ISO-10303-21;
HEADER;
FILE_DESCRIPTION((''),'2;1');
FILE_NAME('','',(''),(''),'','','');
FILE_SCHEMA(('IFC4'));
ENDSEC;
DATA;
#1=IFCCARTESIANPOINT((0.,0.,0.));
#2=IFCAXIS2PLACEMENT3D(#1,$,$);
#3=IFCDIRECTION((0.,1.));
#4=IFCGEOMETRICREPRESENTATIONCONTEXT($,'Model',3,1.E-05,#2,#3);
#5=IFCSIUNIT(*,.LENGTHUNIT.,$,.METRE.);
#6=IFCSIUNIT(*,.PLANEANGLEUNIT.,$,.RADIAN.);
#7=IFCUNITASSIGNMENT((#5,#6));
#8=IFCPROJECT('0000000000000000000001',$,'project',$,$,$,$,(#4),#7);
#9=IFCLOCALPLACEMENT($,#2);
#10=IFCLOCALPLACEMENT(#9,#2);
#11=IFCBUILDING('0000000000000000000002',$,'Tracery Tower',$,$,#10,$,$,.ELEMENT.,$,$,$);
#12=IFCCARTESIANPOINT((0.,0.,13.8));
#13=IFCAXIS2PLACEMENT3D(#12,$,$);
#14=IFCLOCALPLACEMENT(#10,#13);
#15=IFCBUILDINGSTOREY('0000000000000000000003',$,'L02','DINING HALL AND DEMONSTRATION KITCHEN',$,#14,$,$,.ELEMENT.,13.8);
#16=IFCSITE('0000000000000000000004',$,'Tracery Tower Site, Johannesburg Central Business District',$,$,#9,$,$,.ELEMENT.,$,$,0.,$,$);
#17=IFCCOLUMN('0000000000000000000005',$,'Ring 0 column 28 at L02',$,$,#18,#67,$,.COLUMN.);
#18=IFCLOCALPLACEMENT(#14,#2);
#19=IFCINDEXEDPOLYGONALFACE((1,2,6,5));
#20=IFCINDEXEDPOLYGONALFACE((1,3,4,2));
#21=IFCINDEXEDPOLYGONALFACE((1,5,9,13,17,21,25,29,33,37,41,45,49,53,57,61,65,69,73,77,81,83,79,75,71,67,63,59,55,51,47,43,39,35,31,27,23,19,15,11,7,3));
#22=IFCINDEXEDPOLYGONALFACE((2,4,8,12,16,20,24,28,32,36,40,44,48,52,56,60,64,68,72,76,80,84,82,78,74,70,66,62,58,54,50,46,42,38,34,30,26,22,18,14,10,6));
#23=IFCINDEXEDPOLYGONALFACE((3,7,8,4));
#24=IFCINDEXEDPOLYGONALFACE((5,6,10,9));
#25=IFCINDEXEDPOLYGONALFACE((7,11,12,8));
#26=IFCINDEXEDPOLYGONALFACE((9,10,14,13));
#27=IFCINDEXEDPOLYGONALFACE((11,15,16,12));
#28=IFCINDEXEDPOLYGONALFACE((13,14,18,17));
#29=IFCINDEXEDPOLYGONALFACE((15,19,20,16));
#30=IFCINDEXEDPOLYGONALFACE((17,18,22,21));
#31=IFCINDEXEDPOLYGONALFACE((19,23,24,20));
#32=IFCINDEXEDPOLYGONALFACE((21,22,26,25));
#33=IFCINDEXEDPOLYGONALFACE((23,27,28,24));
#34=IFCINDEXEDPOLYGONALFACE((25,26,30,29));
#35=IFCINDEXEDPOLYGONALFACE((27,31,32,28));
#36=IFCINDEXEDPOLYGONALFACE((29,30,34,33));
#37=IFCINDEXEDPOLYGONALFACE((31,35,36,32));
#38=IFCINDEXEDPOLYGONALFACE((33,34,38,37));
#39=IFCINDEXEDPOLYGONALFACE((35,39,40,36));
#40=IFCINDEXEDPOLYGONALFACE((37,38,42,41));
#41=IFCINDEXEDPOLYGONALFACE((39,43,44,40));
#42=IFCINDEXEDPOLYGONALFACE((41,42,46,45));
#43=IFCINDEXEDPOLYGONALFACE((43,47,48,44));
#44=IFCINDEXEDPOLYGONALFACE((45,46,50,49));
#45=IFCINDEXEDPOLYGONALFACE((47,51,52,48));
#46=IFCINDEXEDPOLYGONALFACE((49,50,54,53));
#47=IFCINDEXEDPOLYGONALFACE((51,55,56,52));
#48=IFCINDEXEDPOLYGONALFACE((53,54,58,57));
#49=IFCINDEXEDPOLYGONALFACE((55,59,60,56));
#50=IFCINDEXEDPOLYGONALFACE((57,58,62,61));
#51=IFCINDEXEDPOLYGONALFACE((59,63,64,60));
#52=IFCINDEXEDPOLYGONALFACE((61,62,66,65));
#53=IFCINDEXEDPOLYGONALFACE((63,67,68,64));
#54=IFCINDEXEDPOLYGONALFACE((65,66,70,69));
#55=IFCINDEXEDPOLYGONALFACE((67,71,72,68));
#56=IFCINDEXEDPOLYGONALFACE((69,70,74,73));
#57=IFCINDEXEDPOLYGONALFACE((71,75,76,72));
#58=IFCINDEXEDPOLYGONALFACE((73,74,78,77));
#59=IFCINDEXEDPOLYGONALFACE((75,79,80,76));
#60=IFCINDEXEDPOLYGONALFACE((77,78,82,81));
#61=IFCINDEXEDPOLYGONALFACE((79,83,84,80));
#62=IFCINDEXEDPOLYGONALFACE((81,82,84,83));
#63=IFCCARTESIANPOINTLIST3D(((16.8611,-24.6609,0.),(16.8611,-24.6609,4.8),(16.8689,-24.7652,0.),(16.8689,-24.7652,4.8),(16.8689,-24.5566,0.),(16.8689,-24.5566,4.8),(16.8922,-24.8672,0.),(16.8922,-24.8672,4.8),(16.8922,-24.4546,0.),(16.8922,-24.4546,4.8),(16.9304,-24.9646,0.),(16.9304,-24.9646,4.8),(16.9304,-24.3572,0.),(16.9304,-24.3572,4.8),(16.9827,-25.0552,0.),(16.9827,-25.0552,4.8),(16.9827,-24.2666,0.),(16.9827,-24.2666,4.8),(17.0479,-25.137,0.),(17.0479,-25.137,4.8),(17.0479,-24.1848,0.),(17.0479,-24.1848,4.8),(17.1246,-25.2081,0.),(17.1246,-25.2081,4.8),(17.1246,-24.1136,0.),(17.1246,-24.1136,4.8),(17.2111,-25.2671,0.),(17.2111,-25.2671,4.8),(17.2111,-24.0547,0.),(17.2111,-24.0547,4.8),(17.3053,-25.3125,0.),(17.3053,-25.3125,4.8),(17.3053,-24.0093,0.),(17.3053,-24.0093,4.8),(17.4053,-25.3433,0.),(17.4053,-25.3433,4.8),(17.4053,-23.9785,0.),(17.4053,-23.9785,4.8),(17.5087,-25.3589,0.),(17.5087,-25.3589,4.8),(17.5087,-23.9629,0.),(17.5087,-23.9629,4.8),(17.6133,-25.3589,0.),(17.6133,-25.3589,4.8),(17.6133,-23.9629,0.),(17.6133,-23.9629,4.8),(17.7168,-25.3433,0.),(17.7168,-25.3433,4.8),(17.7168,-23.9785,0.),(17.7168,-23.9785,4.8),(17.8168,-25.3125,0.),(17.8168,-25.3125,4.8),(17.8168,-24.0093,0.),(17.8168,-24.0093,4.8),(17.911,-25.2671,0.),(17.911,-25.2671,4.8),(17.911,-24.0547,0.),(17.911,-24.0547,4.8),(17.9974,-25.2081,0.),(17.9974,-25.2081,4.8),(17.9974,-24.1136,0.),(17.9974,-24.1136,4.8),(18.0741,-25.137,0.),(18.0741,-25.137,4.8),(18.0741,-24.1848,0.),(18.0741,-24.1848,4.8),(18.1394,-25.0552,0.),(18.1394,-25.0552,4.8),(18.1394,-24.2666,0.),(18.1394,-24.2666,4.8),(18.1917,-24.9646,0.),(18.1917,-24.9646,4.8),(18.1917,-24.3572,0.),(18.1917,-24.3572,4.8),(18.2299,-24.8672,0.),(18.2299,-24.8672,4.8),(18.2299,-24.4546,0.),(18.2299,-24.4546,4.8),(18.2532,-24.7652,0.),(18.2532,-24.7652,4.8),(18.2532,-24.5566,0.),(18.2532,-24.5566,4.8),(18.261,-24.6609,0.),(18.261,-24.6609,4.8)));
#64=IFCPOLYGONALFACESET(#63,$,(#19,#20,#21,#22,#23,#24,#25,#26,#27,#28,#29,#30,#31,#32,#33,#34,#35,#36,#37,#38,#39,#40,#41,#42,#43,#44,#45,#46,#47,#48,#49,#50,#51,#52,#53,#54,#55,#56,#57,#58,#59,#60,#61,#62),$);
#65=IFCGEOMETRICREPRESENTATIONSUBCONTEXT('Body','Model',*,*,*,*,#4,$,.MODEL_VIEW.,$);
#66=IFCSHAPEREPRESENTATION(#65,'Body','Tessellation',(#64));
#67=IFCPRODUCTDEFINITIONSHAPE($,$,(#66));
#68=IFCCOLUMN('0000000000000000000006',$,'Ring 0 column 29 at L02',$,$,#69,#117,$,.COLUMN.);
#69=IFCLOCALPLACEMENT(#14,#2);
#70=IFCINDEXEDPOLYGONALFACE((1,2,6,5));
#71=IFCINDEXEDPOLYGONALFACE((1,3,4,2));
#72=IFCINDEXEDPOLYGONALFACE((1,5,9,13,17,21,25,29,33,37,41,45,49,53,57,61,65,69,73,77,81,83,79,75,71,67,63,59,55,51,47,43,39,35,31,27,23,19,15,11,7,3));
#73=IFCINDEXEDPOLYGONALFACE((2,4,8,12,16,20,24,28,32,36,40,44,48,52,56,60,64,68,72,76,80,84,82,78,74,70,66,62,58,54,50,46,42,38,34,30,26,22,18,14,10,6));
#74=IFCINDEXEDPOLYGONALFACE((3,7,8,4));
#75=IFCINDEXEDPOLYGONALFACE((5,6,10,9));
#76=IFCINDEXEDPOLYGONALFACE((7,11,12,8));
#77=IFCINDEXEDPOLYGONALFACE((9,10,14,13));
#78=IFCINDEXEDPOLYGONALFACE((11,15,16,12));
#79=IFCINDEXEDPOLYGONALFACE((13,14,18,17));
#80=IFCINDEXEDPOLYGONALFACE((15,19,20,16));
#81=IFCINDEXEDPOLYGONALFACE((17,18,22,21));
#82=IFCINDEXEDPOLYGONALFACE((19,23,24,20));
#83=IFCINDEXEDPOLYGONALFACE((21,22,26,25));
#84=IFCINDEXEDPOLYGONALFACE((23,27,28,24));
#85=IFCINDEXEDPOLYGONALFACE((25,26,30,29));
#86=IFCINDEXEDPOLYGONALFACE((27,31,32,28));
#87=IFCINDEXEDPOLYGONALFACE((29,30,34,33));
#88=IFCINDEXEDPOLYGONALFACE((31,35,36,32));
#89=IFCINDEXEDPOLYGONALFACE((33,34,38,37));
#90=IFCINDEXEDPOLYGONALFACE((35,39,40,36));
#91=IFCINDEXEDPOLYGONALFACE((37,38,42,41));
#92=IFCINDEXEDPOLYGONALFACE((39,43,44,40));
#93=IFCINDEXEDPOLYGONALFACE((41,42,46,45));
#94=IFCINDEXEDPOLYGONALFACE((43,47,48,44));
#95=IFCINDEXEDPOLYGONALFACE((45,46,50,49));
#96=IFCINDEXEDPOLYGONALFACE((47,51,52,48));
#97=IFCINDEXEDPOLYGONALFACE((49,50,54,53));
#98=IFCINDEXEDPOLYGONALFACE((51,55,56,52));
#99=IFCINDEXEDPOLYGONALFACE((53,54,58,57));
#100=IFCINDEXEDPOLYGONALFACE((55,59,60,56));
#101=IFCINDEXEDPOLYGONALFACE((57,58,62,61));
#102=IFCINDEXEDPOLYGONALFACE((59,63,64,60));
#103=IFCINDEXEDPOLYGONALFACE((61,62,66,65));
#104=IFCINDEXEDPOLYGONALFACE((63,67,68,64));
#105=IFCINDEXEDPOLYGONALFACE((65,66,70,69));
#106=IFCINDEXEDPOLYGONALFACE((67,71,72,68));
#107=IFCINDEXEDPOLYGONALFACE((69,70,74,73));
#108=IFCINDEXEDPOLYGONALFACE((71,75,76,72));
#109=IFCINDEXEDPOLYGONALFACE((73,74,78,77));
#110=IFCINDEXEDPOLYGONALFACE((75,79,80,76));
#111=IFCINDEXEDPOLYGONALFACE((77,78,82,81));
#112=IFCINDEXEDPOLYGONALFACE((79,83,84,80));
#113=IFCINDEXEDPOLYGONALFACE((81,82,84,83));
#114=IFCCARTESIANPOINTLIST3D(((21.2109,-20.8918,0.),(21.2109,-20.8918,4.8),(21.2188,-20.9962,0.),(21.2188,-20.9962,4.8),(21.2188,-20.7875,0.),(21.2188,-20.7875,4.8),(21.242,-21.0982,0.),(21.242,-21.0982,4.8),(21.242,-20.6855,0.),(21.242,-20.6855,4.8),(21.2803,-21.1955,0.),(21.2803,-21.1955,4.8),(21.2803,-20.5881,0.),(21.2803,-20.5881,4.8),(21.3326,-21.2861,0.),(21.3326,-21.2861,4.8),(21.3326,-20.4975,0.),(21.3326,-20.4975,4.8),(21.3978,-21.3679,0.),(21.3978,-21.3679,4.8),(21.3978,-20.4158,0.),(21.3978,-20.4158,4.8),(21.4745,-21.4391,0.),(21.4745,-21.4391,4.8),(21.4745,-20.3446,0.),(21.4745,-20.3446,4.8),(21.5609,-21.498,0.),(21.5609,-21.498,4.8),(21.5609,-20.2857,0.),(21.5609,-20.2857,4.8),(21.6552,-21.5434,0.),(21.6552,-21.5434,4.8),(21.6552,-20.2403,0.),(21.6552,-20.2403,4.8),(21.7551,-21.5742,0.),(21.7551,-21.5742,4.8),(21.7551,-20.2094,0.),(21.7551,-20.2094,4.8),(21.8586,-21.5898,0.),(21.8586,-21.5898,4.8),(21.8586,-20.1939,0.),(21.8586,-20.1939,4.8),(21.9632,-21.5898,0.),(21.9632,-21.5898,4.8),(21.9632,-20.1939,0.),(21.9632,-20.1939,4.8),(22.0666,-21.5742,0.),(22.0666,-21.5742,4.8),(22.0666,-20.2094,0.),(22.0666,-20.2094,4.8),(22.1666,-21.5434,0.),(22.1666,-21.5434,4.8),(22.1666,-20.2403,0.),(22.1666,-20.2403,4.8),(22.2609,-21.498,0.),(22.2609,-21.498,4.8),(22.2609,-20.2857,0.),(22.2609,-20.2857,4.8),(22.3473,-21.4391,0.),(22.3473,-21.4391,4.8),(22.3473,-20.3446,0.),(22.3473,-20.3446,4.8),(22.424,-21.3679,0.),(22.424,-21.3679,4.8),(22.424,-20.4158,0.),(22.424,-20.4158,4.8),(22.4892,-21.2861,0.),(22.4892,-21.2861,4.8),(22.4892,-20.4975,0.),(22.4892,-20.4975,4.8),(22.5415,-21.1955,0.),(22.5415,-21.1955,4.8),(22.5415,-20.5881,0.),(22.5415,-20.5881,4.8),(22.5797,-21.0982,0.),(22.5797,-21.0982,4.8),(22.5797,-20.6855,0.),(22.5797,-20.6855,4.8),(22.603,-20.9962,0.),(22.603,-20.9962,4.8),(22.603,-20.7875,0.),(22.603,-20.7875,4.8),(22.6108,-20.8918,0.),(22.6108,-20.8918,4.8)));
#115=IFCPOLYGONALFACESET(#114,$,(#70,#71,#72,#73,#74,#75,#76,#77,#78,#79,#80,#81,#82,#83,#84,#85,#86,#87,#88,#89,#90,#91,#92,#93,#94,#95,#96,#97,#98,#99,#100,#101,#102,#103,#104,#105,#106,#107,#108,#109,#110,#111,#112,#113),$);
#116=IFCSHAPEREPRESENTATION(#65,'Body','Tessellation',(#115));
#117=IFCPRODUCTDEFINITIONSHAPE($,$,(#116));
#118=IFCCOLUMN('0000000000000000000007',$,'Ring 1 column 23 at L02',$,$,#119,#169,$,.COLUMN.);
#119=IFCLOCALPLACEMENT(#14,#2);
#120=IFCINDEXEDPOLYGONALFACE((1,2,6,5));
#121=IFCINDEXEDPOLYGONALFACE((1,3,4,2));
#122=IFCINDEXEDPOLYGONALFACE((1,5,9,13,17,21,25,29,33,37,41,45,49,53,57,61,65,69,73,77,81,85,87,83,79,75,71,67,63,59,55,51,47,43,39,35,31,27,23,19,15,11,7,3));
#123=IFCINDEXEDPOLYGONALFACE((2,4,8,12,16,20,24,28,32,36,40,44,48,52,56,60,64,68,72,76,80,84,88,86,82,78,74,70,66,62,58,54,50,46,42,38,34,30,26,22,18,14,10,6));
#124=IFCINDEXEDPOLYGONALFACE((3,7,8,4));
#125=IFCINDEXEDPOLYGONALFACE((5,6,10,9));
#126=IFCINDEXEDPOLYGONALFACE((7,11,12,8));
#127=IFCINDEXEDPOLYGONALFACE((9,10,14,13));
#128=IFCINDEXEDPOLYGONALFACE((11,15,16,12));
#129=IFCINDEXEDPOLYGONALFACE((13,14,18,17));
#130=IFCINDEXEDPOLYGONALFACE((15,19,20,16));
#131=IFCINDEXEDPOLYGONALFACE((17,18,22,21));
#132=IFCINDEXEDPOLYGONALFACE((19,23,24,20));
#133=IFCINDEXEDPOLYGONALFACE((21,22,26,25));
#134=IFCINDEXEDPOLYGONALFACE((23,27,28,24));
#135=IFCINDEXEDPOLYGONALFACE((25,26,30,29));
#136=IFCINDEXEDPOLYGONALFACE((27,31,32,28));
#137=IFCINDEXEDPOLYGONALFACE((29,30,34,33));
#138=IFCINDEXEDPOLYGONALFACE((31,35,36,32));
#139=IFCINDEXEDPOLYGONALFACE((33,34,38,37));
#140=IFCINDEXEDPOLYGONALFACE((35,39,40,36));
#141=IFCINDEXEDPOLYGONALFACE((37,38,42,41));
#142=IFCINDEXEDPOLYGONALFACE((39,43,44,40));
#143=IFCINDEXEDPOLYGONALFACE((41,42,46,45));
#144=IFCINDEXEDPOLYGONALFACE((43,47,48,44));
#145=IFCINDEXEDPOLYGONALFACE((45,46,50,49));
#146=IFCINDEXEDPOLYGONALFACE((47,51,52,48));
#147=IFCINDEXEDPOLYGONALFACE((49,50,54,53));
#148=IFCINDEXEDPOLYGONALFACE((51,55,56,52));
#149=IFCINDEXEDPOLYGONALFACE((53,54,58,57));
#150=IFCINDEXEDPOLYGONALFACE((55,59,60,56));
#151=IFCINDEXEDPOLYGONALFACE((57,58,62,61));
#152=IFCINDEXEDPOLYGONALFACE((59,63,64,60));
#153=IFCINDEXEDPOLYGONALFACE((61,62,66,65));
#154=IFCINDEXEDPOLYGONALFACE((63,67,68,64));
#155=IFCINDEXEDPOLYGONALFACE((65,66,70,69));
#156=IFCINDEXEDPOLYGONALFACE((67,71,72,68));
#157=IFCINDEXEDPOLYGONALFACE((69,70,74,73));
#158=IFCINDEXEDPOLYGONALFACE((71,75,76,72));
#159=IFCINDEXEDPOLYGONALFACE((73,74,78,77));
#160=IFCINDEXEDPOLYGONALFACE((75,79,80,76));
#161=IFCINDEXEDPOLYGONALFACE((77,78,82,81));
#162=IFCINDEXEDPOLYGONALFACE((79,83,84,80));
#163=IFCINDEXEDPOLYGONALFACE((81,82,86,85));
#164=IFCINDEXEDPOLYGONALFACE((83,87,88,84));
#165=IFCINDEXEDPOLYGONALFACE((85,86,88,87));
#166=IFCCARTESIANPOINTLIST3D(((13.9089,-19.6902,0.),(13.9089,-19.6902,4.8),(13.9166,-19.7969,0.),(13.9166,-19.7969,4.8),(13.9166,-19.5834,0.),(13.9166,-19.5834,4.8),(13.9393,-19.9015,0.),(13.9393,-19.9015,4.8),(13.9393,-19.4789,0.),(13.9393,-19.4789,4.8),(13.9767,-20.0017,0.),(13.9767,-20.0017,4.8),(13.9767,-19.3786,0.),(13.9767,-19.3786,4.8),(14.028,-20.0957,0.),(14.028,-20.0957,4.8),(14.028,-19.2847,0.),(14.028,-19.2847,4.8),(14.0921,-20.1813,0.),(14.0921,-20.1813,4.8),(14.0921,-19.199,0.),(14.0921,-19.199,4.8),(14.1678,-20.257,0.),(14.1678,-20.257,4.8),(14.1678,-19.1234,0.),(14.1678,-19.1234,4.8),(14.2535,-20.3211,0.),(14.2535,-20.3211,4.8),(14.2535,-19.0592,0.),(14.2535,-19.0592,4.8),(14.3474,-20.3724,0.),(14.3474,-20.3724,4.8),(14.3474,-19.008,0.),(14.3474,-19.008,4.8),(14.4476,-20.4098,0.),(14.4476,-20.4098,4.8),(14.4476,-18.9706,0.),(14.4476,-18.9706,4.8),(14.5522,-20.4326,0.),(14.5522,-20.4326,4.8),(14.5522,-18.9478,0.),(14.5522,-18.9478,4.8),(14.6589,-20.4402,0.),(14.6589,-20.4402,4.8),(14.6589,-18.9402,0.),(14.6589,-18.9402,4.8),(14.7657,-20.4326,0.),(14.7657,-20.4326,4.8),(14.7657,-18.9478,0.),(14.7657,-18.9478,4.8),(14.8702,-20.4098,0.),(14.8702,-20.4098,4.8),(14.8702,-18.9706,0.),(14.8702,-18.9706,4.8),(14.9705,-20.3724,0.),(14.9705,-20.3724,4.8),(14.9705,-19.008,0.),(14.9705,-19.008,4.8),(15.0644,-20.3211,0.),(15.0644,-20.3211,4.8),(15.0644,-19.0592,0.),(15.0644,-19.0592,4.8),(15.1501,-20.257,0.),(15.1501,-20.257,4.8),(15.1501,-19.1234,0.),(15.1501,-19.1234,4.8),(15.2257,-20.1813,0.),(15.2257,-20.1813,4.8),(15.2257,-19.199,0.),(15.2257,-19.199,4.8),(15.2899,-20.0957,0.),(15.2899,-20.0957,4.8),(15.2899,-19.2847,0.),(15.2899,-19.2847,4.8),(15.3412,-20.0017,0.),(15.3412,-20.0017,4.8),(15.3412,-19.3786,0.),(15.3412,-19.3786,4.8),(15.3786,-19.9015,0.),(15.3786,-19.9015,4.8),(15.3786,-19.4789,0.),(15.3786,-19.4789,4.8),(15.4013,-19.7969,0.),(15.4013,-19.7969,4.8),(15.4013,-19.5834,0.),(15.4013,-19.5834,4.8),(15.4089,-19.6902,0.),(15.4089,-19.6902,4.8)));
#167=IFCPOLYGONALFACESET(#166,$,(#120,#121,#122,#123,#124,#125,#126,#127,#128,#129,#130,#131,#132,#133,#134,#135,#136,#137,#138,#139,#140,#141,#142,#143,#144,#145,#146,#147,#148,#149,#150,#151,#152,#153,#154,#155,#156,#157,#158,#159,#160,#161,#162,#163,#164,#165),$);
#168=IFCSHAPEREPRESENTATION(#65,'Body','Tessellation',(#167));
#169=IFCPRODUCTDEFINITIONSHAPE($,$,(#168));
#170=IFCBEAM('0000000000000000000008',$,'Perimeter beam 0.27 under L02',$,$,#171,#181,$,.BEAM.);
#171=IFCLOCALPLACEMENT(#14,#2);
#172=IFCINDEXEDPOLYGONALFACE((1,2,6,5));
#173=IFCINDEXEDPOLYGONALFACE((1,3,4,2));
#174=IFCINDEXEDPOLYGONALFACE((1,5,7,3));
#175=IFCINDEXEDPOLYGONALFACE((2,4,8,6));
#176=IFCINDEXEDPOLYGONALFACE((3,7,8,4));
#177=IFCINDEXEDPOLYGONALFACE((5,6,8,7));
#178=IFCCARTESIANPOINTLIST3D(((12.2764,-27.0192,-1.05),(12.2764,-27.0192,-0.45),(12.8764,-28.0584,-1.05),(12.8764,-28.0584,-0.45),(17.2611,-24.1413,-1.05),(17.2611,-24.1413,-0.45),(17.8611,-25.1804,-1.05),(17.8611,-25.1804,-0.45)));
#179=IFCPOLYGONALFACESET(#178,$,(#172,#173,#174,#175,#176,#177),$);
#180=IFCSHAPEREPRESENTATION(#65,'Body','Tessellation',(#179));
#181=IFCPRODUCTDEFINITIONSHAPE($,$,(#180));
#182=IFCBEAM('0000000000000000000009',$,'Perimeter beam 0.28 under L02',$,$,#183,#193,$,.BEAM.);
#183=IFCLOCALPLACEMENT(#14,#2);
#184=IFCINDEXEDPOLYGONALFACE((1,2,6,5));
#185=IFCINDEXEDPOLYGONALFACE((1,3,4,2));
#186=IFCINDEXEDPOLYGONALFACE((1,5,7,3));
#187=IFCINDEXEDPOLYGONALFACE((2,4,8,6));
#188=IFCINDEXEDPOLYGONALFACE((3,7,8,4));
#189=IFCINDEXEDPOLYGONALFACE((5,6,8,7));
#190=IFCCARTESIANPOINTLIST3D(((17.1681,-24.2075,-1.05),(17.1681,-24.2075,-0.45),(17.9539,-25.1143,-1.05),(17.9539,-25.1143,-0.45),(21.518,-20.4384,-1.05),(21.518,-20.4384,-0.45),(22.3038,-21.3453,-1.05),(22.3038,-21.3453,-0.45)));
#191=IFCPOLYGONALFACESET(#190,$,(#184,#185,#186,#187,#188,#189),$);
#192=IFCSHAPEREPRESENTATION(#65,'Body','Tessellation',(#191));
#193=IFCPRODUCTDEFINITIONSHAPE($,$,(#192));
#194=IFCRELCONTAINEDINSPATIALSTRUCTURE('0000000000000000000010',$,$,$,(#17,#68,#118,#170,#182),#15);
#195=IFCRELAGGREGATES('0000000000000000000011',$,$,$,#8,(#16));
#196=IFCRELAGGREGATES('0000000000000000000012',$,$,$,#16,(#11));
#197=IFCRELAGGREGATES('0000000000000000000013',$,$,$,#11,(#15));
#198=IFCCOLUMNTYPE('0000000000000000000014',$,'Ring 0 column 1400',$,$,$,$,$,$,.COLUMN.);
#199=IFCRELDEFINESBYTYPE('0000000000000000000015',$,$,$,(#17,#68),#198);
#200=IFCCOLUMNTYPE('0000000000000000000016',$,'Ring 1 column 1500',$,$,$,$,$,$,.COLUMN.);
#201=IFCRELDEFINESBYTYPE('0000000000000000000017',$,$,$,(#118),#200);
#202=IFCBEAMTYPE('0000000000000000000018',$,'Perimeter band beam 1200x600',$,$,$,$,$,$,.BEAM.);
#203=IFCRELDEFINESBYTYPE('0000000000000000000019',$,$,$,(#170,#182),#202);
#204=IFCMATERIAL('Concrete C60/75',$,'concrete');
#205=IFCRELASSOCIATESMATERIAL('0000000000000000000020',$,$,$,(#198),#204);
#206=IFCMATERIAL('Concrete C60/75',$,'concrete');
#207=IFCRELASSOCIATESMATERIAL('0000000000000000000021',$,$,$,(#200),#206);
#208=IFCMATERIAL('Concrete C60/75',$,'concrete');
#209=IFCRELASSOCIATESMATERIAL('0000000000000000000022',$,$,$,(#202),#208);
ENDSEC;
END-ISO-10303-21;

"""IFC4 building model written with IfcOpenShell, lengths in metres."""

from ifc_helpers import new_model, si_unit, direction, frame, origin, origin_2d, place, context, subcontext, project, spatial, rectangle, circle, extrude, material, material_profile, profile_set, type_object, element, save


model = new_model("IFC4")

# Units and contexts
model_context = context("Model", 3, precision=1e-05, world=origin(), true_north=direction((0.0, 1.0)))
body_context = subcontext(model_context, "Body", "Model", "MODEL_VIEW")
ifc_project = project(units=[si_unit("LENGTHUNIT", "METRE"), si_unit("PLANEANGLEUNIT", "RADIAN")], contexts=[model_context])

# Site, building, storey
site_placement = place(None, origin())
site = spatial("IfcSite", under=ifc_project, at=site_placement, Name="Tracery Tower Site, Johannesburg Central Business District", CompositionType="ELEMENT", RefElevation=0.0)
building_placement = place(site_placement, origin())
building = spatial("IfcBuilding", under=site, at=building_placement, Name="Tracery Tower", CompositionType="ELEMENT")
storey_placement = place(building_placement, frame((0.0, 0.0, 13.8)))
storey = spatial("IfcBuildingStorey", under=building, at=storey_placement, Name="L02", Description="DINING HALL AND DEMONSTRATION KITCHEN", CompositionType="ELEMENT", Elevation=13.8)

# Columns
ifc_material_1 = material(Name="Concrete C60/75", Category="concrete")
ifc_material_profile_1 = material_profile(ifc_material_1, circle(Radius=0.7, at=origin_2d()), Name="RC D1400")
ifc_profile_set_1 = profile_set([ifc_material_profile_1], Name="Concrete C60/75")
column_type_1 = type_object("IfcColumnType", Name="Ring 0 column 1400", PredefinedType="COLUMN", material=ifc_profile_set_1)
for number, where, z_axis, x_axis, name in (
    (1, (17.561, -24.6609, 0.0), (0.0, 0.0, 1.0), (1.0, 0.0, 0.0), "Ring 0 column 28 at L02"),
    (2, (21.9109, -20.8918, 0.0), (0.0, 0.0, 1.0), (1.0, 0.0, 0.0), "Ring 0 column 29 at L02"),
):
    element("IfcColumn", number, at=place(storey_placement, frame(where, z_axis=z_axis, x_axis=x_axis)), inside=storey, type_object=column_type_1, Name=name, PredefinedType="COLUMN", context=body_context, shape_type="SweptSolid", body=[
        extrude(circle(Radius=0.7, at=origin_2d()), origin(), (0.0, 0.0, 1.0), 4.8),
    ])
ifc_material_2 = material(Name="Concrete C60/75", Category="concrete")
ifc_material_profile_2 = material_profile(ifc_material_2, circle(Radius=0.75, at=origin_2d()), Name="RC D1500")
ifc_profile_set_2 = profile_set([ifc_material_profile_2], Name="Concrete C60/75")
column_type_2 = type_object("IfcColumnType", Name="Ring 1 column 1500", PredefinedType="COLUMN", material=ifc_profile_set_2)
column_placement = place(storey_placement, frame((14.6589, -19.6902, 0.0), z_axis=(0.0, 0.0, 1.0), x_axis=(1.0, 0.0, 0.0)))
element("IfcColumn", 3, at=column_placement, inside=storey, type_object=column_type_2, Name="Ring 1 column 23 at L02", PredefinedType="COLUMN", context=body_context, shape_type="SweptSolid", body=[
    extrude(circle(Radius=0.75, at=origin_2d()), origin(), (0.0, 0.0, 1.0), 4.8),
])

# Beams
ifc_material_3 = material(Name="Concrete C60/75", Category="concrete")
ifc_material_profile_3 = material_profile(ifc_material_3, rectangle(XDim=1.2, YDim=0.6001, at=origin_2d()), Name="RC 1200x600")
ifc_profile_set_3 = profile_set([ifc_material_profile_3], Name="Concrete C60/75")
beam_type = type_object("IfcBeamType", Name="Perimeter band beam 1200x600", PredefinedType="BEAM", material=ifc_profile_set_3)
beam_1_placement = place(storey_placement, frame((12.5764, -27.5388, -0.75), z_axis=(0.866021, 0.500008, 0.0), x_axis=(-0.500008, 0.866021, 0.0)))
element("IfcBeam", 4, at=beam_1_placement, inside=storey, type_object=beam_type, Name="Perimeter beam 0.27 under L02", PredefinedType="BEAM", context=body_context, shape_type="SweptSolid", body=[
    extrude(rectangle(XDim=1.2, YDim=0.6001, at=origin_2d()), origin(), (0.0, 0.0, 1.0), 5.7559),
])
beam_2_placement = place(storey_placement, frame((17.561, -24.6609, -0.75), z_axis=(0.75576, 0.654848, 0.0), x_axis=(-0.654848, 0.75576, 0.0)))
element("IfcBeam", 5, at=beam_2_placement, inside=storey, type_object=beam_type, Name="Perimeter beam 0.28 under L02", PredefinedType="BEAM", context=body_context, shape_type="SweptSolid", body=[
    extrude(rectangle(XDim=1.2, YDim=0.6001, at=origin_2d()), origin(), (0.0, 0.0, 1.0), 5.7556),
])

save(model, "model.ifc")
